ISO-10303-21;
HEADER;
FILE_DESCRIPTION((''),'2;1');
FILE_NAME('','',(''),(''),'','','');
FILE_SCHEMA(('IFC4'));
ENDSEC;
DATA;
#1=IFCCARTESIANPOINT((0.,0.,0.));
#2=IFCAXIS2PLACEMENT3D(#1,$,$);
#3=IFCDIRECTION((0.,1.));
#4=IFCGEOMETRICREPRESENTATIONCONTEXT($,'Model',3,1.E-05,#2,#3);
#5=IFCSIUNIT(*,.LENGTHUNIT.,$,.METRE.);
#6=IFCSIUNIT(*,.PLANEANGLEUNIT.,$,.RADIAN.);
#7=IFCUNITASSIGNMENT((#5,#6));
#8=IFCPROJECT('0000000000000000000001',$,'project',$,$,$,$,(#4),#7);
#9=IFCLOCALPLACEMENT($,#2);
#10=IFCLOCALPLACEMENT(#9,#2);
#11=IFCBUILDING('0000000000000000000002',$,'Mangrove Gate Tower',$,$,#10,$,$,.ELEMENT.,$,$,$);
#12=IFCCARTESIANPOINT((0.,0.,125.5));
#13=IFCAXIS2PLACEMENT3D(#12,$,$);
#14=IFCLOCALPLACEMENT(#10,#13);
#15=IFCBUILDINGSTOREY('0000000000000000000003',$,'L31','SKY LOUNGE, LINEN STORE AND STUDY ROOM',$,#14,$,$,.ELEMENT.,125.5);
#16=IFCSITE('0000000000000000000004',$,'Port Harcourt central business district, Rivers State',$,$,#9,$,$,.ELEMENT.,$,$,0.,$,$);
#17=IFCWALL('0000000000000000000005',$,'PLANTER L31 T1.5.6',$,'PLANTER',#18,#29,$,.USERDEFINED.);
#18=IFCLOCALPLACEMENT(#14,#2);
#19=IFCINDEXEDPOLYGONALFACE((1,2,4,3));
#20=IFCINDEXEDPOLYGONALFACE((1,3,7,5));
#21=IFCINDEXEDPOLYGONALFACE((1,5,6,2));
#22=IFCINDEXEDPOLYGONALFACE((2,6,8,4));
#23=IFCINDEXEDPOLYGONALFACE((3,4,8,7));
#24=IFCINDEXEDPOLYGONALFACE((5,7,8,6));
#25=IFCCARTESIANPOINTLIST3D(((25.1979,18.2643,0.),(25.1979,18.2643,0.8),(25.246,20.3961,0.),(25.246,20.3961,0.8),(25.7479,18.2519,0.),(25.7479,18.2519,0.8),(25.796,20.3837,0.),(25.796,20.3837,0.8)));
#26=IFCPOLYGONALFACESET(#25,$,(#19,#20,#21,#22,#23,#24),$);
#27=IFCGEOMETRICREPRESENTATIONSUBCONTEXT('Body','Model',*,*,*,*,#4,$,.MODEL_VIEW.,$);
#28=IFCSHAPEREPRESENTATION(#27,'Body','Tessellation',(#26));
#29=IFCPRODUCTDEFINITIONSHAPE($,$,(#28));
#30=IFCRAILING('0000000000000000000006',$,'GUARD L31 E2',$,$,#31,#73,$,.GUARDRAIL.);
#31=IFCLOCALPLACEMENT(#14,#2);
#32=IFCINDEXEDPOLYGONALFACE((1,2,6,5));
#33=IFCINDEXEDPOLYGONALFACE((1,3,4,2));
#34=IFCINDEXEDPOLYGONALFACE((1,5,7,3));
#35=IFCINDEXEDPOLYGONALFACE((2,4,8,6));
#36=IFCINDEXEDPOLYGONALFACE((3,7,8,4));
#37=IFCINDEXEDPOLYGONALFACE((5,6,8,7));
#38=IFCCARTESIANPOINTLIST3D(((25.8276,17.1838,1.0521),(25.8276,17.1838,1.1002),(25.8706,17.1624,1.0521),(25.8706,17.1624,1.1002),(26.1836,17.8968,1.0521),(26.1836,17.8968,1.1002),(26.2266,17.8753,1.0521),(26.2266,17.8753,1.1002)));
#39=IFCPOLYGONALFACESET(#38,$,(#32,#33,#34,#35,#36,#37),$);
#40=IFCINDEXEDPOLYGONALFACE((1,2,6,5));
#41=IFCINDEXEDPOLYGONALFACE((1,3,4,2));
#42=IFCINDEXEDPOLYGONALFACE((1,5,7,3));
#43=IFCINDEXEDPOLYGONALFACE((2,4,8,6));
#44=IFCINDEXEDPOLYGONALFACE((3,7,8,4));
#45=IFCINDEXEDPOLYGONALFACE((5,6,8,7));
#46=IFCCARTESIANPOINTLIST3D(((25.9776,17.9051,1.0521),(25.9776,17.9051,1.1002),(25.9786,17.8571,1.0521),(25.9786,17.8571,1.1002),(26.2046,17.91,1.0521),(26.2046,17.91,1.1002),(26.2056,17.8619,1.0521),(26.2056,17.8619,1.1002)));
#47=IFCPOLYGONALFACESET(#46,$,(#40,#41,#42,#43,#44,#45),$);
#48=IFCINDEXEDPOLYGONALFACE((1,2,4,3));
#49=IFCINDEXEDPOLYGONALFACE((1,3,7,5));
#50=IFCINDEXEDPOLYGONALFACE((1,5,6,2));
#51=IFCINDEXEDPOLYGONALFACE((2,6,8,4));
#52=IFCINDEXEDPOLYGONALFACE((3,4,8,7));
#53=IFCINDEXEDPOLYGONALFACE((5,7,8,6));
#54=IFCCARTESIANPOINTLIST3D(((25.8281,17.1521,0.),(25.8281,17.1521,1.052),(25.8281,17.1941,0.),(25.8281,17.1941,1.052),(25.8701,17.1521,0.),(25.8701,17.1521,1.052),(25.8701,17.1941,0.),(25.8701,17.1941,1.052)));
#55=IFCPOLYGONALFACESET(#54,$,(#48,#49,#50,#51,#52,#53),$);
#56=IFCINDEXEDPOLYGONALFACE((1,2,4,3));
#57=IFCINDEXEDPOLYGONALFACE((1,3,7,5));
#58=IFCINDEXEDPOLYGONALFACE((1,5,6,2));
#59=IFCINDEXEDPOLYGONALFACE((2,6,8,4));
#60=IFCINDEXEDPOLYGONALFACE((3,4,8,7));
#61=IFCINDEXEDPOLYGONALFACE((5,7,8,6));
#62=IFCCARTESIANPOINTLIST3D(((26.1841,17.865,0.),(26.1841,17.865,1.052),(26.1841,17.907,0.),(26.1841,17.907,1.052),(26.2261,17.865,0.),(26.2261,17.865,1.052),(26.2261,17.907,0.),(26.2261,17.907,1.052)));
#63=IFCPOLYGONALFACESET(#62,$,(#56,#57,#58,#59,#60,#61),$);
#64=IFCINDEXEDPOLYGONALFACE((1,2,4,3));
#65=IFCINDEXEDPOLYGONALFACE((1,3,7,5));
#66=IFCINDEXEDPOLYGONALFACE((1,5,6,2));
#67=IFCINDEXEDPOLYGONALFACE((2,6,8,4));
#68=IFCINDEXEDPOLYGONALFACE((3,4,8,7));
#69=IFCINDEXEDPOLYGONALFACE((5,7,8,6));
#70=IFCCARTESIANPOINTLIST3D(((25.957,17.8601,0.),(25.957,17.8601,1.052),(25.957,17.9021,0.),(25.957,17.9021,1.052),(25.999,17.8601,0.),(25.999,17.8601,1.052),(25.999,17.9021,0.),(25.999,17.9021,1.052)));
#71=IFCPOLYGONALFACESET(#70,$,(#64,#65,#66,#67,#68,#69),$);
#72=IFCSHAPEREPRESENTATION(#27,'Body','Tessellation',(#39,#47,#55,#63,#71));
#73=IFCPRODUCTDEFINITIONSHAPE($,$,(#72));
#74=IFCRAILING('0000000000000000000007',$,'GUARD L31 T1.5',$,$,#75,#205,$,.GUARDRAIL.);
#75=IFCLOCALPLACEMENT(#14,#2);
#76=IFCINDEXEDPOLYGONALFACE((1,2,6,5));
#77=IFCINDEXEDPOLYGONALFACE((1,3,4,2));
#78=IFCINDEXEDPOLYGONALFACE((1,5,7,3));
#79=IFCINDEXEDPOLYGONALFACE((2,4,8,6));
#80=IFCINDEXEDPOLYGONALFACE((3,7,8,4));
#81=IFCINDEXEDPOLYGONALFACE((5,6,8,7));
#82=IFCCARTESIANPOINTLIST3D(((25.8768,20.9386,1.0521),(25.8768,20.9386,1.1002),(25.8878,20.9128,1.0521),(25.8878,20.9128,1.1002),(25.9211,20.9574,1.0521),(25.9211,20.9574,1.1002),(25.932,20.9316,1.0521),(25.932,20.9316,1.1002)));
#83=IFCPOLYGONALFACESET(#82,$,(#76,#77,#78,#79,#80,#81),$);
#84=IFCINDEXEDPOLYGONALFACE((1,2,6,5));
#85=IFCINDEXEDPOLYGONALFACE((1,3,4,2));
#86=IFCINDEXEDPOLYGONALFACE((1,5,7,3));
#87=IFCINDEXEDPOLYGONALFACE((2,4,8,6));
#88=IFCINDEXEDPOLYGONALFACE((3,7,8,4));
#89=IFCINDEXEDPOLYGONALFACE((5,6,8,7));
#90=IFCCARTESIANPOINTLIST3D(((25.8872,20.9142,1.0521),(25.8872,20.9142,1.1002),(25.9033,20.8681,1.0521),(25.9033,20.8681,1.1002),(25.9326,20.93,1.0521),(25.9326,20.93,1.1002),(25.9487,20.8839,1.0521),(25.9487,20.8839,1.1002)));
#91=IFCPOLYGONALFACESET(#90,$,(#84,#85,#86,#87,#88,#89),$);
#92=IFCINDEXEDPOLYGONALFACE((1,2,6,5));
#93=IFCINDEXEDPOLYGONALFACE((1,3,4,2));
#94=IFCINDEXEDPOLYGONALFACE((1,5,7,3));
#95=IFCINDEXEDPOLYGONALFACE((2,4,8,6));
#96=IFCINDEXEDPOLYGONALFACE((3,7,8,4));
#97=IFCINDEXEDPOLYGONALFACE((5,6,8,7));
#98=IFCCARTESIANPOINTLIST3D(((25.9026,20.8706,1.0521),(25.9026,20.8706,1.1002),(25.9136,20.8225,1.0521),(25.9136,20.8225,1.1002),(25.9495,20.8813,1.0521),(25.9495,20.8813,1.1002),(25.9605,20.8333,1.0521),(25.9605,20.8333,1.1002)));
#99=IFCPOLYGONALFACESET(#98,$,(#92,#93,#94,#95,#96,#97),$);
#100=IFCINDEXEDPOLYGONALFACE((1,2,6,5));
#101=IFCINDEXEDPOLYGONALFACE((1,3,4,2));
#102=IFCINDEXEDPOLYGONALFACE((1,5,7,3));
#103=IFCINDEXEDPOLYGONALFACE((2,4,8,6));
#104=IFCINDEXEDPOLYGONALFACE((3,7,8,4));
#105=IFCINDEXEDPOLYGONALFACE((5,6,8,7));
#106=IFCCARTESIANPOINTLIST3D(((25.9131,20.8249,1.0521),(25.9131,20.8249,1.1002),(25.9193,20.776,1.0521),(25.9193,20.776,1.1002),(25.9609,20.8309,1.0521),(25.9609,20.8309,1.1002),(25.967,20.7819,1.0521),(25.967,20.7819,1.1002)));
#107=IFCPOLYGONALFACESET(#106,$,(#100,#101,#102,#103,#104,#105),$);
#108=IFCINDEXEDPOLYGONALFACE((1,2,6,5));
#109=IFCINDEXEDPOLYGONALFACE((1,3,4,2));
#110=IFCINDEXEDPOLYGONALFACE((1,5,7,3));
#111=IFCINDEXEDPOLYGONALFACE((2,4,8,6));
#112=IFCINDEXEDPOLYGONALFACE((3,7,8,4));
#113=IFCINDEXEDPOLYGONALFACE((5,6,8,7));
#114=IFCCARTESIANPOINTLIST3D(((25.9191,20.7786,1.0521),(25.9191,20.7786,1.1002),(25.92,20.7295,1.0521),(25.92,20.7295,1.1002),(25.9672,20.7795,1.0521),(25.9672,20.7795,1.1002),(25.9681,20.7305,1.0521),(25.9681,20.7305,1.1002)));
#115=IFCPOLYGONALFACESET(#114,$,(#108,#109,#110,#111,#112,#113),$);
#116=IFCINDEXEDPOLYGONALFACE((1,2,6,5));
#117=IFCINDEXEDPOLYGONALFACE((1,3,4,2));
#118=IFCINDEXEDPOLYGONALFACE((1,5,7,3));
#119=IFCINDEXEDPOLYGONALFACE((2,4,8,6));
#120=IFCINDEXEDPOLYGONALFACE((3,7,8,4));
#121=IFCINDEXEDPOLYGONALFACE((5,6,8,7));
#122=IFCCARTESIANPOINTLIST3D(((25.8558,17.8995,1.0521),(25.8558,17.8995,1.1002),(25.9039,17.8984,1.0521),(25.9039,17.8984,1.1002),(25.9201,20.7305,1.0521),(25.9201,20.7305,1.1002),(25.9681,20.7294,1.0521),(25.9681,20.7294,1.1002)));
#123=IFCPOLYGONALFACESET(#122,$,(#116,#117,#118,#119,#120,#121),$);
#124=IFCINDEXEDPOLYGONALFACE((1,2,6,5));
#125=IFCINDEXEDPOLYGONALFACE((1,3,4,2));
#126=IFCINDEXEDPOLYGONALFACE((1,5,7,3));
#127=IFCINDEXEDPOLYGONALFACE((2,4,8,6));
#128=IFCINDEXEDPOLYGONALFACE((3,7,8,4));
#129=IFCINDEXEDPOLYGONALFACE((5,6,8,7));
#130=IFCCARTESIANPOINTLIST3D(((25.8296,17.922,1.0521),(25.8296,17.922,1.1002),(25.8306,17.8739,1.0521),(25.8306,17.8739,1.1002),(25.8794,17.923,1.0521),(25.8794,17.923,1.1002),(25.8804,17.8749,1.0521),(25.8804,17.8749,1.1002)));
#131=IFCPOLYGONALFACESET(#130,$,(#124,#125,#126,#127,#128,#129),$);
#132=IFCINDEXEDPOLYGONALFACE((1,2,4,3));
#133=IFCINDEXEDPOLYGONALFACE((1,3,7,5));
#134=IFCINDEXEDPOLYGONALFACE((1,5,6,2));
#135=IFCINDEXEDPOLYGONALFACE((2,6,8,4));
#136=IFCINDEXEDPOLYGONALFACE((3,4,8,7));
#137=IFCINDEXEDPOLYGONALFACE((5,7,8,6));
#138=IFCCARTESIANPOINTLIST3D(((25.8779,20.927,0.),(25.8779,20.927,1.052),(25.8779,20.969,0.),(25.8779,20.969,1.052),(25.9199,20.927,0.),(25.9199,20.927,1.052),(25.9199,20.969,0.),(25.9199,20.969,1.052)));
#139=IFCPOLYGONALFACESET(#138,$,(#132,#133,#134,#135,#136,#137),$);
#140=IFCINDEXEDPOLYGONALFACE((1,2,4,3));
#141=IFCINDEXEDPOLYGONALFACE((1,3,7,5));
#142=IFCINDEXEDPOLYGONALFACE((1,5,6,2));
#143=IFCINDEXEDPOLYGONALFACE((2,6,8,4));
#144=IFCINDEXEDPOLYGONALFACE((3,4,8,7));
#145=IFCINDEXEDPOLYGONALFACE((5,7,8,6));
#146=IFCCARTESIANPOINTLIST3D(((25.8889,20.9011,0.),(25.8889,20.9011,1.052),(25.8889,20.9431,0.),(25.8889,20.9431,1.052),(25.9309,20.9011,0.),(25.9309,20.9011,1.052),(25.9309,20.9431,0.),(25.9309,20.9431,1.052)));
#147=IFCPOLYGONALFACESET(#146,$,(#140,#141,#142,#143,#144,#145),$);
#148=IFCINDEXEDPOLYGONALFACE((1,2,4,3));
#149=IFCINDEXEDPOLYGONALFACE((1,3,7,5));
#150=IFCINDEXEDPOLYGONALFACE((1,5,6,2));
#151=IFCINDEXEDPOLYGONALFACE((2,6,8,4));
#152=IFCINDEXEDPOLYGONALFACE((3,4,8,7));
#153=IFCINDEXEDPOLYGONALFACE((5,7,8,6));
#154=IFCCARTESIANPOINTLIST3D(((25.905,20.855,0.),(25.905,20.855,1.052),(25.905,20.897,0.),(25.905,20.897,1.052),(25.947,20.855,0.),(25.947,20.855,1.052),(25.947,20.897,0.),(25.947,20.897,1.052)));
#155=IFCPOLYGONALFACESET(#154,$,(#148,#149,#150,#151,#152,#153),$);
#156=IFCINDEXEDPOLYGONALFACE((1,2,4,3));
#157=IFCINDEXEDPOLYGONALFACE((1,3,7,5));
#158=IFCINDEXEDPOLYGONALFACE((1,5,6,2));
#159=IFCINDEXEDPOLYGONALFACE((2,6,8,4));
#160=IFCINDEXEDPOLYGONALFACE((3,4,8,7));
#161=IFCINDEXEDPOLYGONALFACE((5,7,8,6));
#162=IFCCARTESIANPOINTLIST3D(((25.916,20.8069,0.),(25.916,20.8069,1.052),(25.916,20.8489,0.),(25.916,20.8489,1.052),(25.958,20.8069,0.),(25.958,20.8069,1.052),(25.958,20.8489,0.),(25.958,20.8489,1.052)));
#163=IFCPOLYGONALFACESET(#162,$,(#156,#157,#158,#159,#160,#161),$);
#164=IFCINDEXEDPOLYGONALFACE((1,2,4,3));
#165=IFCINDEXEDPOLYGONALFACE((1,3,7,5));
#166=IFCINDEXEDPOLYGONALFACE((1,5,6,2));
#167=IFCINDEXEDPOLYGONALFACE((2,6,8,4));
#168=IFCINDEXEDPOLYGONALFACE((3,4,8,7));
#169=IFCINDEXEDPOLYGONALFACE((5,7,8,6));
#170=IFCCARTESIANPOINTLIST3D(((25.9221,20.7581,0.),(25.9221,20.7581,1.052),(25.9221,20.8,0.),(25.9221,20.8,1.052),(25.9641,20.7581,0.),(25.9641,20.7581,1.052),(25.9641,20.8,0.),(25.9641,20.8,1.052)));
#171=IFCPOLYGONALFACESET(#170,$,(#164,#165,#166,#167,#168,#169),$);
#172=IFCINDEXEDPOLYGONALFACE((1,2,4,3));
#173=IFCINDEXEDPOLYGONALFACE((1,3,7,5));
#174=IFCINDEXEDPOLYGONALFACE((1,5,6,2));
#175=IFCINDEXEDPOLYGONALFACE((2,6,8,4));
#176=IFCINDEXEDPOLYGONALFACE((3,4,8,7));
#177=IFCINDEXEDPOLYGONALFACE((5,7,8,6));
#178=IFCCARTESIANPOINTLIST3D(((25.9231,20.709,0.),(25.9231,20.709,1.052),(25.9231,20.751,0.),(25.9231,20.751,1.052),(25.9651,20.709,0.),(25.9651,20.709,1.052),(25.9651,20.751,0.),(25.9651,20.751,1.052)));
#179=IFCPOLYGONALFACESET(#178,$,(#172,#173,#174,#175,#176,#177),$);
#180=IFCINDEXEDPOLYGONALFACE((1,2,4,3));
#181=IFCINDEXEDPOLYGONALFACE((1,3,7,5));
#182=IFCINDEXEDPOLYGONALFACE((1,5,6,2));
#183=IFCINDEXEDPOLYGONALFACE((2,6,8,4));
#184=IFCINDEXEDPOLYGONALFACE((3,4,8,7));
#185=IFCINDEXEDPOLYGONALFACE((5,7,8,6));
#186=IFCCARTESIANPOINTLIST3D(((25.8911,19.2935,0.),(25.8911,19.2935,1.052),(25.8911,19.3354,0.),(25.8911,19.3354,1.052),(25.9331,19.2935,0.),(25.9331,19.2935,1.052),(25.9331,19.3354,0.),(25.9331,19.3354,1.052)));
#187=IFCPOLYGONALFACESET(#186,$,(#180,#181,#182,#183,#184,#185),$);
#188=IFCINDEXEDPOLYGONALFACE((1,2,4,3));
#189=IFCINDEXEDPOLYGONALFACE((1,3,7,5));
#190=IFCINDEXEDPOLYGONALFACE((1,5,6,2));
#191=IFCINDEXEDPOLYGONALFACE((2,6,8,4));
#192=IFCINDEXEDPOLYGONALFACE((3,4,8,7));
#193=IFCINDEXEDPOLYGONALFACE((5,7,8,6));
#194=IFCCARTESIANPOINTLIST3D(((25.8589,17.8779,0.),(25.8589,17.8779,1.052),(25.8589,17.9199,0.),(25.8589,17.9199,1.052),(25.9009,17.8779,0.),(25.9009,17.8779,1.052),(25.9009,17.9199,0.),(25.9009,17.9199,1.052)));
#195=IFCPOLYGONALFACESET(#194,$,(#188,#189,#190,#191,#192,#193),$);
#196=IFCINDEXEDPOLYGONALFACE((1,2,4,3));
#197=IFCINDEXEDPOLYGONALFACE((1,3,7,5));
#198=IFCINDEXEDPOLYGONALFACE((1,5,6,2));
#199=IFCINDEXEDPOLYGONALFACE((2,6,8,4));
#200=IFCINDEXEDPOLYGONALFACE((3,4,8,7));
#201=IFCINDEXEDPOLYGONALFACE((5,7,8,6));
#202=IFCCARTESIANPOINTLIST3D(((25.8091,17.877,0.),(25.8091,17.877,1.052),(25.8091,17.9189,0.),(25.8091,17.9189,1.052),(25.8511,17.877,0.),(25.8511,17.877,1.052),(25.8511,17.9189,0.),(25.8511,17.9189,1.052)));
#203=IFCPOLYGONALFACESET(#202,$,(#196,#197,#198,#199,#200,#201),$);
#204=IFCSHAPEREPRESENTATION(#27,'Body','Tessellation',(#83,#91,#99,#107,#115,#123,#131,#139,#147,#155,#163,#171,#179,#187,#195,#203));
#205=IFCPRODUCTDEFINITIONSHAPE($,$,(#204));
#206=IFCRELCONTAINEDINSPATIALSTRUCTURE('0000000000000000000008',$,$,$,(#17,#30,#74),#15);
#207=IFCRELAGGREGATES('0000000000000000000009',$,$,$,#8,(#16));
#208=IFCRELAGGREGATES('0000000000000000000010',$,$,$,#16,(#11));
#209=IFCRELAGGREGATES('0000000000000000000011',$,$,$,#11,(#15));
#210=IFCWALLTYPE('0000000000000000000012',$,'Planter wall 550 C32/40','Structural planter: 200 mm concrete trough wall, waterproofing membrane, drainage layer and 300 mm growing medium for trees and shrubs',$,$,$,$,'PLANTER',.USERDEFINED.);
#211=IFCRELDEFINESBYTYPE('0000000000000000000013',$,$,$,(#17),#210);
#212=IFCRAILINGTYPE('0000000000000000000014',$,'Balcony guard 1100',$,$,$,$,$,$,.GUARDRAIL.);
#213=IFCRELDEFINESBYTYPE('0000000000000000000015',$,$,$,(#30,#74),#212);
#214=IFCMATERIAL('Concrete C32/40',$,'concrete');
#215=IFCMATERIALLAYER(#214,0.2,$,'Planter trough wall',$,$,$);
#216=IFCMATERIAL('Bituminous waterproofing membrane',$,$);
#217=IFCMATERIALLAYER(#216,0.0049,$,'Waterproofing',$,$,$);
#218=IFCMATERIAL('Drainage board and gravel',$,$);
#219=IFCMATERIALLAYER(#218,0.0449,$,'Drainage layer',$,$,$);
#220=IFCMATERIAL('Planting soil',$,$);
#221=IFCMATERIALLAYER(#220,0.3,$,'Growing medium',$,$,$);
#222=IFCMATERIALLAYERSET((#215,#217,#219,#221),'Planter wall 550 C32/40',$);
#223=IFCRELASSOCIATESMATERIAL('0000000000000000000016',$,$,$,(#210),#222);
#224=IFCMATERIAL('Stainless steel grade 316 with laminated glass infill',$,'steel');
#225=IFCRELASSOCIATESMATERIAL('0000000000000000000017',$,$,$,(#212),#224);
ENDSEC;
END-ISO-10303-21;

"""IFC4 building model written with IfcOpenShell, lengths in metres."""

from ifc_helpers import new_model, si_unit, direction, frame, frame_2d, origin, origin_2d, place, context, subcontext, project, spatial, rectangle, extrude, material, layer, layer_set, type_object, element, save


model = new_model("IFC4")

# Units and contexts
model_context = context("Model", 3, precision=1e-05, world=origin(), true_north=direction((0.0, 1.0)))
body_context = subcontext(model_context, "Body", "Model", "MODEL_VIEW")
ifc_project = project(units=[si_unit("LENGTHUNIT", "METRE"), si_unit("PLANEANGLEUNIT", "RADIAN")], contexts=[model_context])

# Site, building, storey
site_placement = place(None, origin())
site = spatial("IfcSite", under=ifc_project, at=site_placement, Name="Port Harcourt central business district, Rivers State", CompositionType="ELEMENT", RefElevation=0.0)
building_placement = place(site_placement, origin())
building = spatial("IfcBuilding", under=site, at=building_placement, Name="Mangrove Gate Tower", CompositionType="ELEMENT")
storey_placement = place(building_placement, frame((0.0, 0.0, 125.5)))
storey = spatial("IfcBuildingStorey", under=building, at=storey_placement, Name="L31", Description="SKY LOUNGE, LINEN STORE AND STUDY ROOM", CompositionType="ELEMENT", Elevation=125.5)

# Wall
ifc_material_1 = material(Name="Concrete C32/40", Category="concrete")
ifc_layer_1 = layer(ifc_material_1, 0.2, Name="Planter trough wall")
ifc_material_2 = material(Name="Bituminous waterproofing membrane")
ifc_layer_2 = layer(ifc_material_2, 0.0049, Name="Waterproofing")
ifc_material_3 = material(Name="Drainage board and gravel")
ifc_layer_3 = layer(ifc_material_3, 0.0449, Name="Drainage layer")
ifc_material_4 = material(Name="Planting soil")
ifc_layer_4 = layer(ifc_material_4, 0.3, Name="Growing medium")
ifc_layer_set_1 = layer_set([ifc_layer_1, ifc_layer_2, ifc_layer_3, ifc_layer_4], Name="Planter wall 550 C32/40")
wall_type_1 = type_object("IfcWallType", Name="Planter wall 550 C32/40", Description="Structural planter: 200 mm concrete trough wall, waterproofing membrane, drainage layer and 300 mm growing medium for trees and shrubs", ElementType="PLANTER", PredefinedType="USERDEFINED", material=ifc_layer_set_1)
wall_1_placement = place(storey_placement, frame((25.521, 20.3899, 0.0), z_axis=(0.0, 0.0, 1.0), x_axis=(-0.022555, -0.999746, 0.0)))
element("IfcWall", 1, at=wall_1_placement, inside=storey, type_object=wall_type_1, Name="PLANTER L31 T1.5.6", ObjectType="PLANTER", PredefinedType="USERDEFINED", context=body_context, shape_type="SweptSolid", body=[
    extrude(rectangle(XDim=2.1323, YDim=0.55, at=frame_2d((1.0662, 0.0))), origin(), (0.0, 0.0, 1.0), 0.8),
])

# Railings
ifc_material_5 = material(Name="Stainless steel grade 316 with laminated glass infill", Category="steel")
railing_type = type_object("IfcRailingType", Name="Balcony guard 1100", PredefinedType="GUARDRAIL", material=ifc_material_5)
railing_1_placement = place(storey_placement, frame((25.8491, 17.1731, 0.0)))
element("IfcRailing", 2, at=railing_1_placement, inside=storey, type_object=railing_type, Name="GUARD L31 E2", PredefinedType="GUARDRAIL", context=body_context, shape_type="SweptSolid", body=[
    extrude(rectangle(XDim=0.0481, YDim=0.0481, at=origin_2d()), frame((0.0, 0.0, 1.0762), z_axis=(0.446723, 0.894672, 0.0), x_axis=(-0.894672, 0.446723, 0.0)), (0.0, 0.0, 1.0), 0.7969),
    extrude(rectangle(XDim=0.0481, YDim=0.0481, at=origin_2d()), frame((0.356, 0.7129, 1.0762), z_axis=(-0.999769, -0.0215, 0.0), x_axis=(0.0215, -0.999769, 0.0)), (0.0, 0.0, 1.0), 0.2271),
    extrude(rectangle(XDim=0.042, YDim=0.042, at=origin_2d()), origin(), (0.0, 0.0, 1.0), 1.052),
    extrude(rectangle(XDim=0.042, YDim=0.042, at=origin_2d()), frame((0.356, 0.7129, 0.0)), (0.0, 0.0, 1.0), 1.052),
    extrude(rectangle(XDim=0.042, YDim=0.042, at=origin_2d()), frame((0.1289, 0.708, 0.0)), (0.0, 0.0, 1.0), 1.052),
])
railing_2_placement = place(storey_placement, frame((25.8989, 20.948, 0.0)))
element("IfcRailing", 3, at=railing_2_placement, inside=storey, type_object=railing_type, Name="GUARD L31 T1.5", PredefinedType="GUARDRAIL", context=body_context, shape_type="SweptSolid", body=[
    extrude(rectangle(XDim=0.0481, YDim=0.0481, at=origin_2d()), frame((0.0, 0.0, 1.0762), z_axis=(0.390773, -0.920487, 0.0), x_axis=(0.920487, 0.390773, 0.0)), (0.0, 0.0, 1.0), 0.0281),
    extrude(rectangle(XDim=0.0481, YDim=0.0481, at=origin_2d()), frame((0.011, -0.0259, 1.0762), z_axis=(0.329683, -0.944092, 0.0), x_axis=(0.944092, 0.329683, 0.0)), (0.0, 0.0, 1.0), 0.0488),
    extrude(rectangle(XDim=0.0481, YDim=0.0481, at=origin_2d()), frame((0.0271, -0.072, 1.0762), z_axis=(0.22269, -0.974889, 0.0), x_axis=(0.974889, 0.22269, 0.0)), (0.0, 0.0, 1.0), 0.0493),
    extrude(rectangle(XDim=0.0481, YDim=0.0481, at=origin_2d()), frame((0.0381, -0.1201, 1.0762), z_axis=(0.124035, -0.992278, 0.0), x_axis=(0.992278, 0.124035, 0.0)), (0.0, 0.0, 1.0), 0.0493),
    extrude(rectangle(XDim=0.0481, YDim=0.0481, at=origin_2d()), frame((0.0442, -0.1689, 1.0762), z_axis=(0.019897, -0.999802, 0.0), x_axis=(0.999802, 0.019897, 0.0)), (0.0, 0.0, 1.0), 0.0491),
    extrude(rectangle(XDim=0.0481, YDim=0.0481, at=origin_2d()), frame((0.0452, -0.218, 1.0762), z_axis=(-0.022674, -0.999743, 0.0), x_axis=(0.999743, -0.022674, 0.0)), (0.0, 0.0, 1.0), 2.8318),
    extrude(rectangle(XDim=0.0481, YDim=0.0481, at=origin_2d()), frame((-0.019, -3.0491, 1.0762), z_axis=(-0.999808, -0.019604, 0.0), x_axis=(0.019604, -0.999808, 0.0)), (0.0, 0.0, 1.0), 0.0498),
    extrude(rectangle(XDim=0.042, YDim=0.042, at=origin_2d()), origin(), (0.0, 0.0, 1.0), 1.052),
    extrude(rectangle(XDim=0.042, YDim=0.042, at=origin_2d()), frame((0.011, -0.0259, 0.0)), (0.0, 0.0, 1.0), 1.052),
    extrude(rectangle(XDim=0.042, YDim=0.042, at=origin_2d()), frame((0.0271, -0.072, 0.0)), (0.0, 0.0, 1.0), 1.052),
    extrude(rectangle(XDim=0.042, YDim=0.042, at=origin_2d()), frame((0.0381, -0.1201, 0.0)), (0.0, 0.0, 1.0), 1.052),
    extrude(rectangle(XDim=0.042, YDim=0.042, at=origin_2d()), frame((0.0442, -0.1689, 0.0)), (0.0, 0.0, 1.0), 1.052),
    extrude(rectangle(XDim=0.042, YDim=0.042, at=origin_2d()), frame((0.0452, -0.218, 0.0)), (0.0, 0.0, 1.0), 1.052),
    extrude(rectangle(XDim=0.042, YDim=0.042, at=origin_2d()), frame((0.0132, -1.6335, 0.0)), (0.0, 0.0, 1.0), 1.052),
    extrude(rectangle(XDim=0.042, YDim=0.042, at=origin_2d()), frame((-0.019, -3.0491, 0.0)), (0.0, 0.0, 1.0), 1.052),
    extrude(rectangle(XDim=0.042, YDim=0.042, at=origin_2d()), frame((-0.0688, -3.05, 0.0)), (0.0, 0.0, 1.0), 1.052),
])

save(model, "model.ifc")
